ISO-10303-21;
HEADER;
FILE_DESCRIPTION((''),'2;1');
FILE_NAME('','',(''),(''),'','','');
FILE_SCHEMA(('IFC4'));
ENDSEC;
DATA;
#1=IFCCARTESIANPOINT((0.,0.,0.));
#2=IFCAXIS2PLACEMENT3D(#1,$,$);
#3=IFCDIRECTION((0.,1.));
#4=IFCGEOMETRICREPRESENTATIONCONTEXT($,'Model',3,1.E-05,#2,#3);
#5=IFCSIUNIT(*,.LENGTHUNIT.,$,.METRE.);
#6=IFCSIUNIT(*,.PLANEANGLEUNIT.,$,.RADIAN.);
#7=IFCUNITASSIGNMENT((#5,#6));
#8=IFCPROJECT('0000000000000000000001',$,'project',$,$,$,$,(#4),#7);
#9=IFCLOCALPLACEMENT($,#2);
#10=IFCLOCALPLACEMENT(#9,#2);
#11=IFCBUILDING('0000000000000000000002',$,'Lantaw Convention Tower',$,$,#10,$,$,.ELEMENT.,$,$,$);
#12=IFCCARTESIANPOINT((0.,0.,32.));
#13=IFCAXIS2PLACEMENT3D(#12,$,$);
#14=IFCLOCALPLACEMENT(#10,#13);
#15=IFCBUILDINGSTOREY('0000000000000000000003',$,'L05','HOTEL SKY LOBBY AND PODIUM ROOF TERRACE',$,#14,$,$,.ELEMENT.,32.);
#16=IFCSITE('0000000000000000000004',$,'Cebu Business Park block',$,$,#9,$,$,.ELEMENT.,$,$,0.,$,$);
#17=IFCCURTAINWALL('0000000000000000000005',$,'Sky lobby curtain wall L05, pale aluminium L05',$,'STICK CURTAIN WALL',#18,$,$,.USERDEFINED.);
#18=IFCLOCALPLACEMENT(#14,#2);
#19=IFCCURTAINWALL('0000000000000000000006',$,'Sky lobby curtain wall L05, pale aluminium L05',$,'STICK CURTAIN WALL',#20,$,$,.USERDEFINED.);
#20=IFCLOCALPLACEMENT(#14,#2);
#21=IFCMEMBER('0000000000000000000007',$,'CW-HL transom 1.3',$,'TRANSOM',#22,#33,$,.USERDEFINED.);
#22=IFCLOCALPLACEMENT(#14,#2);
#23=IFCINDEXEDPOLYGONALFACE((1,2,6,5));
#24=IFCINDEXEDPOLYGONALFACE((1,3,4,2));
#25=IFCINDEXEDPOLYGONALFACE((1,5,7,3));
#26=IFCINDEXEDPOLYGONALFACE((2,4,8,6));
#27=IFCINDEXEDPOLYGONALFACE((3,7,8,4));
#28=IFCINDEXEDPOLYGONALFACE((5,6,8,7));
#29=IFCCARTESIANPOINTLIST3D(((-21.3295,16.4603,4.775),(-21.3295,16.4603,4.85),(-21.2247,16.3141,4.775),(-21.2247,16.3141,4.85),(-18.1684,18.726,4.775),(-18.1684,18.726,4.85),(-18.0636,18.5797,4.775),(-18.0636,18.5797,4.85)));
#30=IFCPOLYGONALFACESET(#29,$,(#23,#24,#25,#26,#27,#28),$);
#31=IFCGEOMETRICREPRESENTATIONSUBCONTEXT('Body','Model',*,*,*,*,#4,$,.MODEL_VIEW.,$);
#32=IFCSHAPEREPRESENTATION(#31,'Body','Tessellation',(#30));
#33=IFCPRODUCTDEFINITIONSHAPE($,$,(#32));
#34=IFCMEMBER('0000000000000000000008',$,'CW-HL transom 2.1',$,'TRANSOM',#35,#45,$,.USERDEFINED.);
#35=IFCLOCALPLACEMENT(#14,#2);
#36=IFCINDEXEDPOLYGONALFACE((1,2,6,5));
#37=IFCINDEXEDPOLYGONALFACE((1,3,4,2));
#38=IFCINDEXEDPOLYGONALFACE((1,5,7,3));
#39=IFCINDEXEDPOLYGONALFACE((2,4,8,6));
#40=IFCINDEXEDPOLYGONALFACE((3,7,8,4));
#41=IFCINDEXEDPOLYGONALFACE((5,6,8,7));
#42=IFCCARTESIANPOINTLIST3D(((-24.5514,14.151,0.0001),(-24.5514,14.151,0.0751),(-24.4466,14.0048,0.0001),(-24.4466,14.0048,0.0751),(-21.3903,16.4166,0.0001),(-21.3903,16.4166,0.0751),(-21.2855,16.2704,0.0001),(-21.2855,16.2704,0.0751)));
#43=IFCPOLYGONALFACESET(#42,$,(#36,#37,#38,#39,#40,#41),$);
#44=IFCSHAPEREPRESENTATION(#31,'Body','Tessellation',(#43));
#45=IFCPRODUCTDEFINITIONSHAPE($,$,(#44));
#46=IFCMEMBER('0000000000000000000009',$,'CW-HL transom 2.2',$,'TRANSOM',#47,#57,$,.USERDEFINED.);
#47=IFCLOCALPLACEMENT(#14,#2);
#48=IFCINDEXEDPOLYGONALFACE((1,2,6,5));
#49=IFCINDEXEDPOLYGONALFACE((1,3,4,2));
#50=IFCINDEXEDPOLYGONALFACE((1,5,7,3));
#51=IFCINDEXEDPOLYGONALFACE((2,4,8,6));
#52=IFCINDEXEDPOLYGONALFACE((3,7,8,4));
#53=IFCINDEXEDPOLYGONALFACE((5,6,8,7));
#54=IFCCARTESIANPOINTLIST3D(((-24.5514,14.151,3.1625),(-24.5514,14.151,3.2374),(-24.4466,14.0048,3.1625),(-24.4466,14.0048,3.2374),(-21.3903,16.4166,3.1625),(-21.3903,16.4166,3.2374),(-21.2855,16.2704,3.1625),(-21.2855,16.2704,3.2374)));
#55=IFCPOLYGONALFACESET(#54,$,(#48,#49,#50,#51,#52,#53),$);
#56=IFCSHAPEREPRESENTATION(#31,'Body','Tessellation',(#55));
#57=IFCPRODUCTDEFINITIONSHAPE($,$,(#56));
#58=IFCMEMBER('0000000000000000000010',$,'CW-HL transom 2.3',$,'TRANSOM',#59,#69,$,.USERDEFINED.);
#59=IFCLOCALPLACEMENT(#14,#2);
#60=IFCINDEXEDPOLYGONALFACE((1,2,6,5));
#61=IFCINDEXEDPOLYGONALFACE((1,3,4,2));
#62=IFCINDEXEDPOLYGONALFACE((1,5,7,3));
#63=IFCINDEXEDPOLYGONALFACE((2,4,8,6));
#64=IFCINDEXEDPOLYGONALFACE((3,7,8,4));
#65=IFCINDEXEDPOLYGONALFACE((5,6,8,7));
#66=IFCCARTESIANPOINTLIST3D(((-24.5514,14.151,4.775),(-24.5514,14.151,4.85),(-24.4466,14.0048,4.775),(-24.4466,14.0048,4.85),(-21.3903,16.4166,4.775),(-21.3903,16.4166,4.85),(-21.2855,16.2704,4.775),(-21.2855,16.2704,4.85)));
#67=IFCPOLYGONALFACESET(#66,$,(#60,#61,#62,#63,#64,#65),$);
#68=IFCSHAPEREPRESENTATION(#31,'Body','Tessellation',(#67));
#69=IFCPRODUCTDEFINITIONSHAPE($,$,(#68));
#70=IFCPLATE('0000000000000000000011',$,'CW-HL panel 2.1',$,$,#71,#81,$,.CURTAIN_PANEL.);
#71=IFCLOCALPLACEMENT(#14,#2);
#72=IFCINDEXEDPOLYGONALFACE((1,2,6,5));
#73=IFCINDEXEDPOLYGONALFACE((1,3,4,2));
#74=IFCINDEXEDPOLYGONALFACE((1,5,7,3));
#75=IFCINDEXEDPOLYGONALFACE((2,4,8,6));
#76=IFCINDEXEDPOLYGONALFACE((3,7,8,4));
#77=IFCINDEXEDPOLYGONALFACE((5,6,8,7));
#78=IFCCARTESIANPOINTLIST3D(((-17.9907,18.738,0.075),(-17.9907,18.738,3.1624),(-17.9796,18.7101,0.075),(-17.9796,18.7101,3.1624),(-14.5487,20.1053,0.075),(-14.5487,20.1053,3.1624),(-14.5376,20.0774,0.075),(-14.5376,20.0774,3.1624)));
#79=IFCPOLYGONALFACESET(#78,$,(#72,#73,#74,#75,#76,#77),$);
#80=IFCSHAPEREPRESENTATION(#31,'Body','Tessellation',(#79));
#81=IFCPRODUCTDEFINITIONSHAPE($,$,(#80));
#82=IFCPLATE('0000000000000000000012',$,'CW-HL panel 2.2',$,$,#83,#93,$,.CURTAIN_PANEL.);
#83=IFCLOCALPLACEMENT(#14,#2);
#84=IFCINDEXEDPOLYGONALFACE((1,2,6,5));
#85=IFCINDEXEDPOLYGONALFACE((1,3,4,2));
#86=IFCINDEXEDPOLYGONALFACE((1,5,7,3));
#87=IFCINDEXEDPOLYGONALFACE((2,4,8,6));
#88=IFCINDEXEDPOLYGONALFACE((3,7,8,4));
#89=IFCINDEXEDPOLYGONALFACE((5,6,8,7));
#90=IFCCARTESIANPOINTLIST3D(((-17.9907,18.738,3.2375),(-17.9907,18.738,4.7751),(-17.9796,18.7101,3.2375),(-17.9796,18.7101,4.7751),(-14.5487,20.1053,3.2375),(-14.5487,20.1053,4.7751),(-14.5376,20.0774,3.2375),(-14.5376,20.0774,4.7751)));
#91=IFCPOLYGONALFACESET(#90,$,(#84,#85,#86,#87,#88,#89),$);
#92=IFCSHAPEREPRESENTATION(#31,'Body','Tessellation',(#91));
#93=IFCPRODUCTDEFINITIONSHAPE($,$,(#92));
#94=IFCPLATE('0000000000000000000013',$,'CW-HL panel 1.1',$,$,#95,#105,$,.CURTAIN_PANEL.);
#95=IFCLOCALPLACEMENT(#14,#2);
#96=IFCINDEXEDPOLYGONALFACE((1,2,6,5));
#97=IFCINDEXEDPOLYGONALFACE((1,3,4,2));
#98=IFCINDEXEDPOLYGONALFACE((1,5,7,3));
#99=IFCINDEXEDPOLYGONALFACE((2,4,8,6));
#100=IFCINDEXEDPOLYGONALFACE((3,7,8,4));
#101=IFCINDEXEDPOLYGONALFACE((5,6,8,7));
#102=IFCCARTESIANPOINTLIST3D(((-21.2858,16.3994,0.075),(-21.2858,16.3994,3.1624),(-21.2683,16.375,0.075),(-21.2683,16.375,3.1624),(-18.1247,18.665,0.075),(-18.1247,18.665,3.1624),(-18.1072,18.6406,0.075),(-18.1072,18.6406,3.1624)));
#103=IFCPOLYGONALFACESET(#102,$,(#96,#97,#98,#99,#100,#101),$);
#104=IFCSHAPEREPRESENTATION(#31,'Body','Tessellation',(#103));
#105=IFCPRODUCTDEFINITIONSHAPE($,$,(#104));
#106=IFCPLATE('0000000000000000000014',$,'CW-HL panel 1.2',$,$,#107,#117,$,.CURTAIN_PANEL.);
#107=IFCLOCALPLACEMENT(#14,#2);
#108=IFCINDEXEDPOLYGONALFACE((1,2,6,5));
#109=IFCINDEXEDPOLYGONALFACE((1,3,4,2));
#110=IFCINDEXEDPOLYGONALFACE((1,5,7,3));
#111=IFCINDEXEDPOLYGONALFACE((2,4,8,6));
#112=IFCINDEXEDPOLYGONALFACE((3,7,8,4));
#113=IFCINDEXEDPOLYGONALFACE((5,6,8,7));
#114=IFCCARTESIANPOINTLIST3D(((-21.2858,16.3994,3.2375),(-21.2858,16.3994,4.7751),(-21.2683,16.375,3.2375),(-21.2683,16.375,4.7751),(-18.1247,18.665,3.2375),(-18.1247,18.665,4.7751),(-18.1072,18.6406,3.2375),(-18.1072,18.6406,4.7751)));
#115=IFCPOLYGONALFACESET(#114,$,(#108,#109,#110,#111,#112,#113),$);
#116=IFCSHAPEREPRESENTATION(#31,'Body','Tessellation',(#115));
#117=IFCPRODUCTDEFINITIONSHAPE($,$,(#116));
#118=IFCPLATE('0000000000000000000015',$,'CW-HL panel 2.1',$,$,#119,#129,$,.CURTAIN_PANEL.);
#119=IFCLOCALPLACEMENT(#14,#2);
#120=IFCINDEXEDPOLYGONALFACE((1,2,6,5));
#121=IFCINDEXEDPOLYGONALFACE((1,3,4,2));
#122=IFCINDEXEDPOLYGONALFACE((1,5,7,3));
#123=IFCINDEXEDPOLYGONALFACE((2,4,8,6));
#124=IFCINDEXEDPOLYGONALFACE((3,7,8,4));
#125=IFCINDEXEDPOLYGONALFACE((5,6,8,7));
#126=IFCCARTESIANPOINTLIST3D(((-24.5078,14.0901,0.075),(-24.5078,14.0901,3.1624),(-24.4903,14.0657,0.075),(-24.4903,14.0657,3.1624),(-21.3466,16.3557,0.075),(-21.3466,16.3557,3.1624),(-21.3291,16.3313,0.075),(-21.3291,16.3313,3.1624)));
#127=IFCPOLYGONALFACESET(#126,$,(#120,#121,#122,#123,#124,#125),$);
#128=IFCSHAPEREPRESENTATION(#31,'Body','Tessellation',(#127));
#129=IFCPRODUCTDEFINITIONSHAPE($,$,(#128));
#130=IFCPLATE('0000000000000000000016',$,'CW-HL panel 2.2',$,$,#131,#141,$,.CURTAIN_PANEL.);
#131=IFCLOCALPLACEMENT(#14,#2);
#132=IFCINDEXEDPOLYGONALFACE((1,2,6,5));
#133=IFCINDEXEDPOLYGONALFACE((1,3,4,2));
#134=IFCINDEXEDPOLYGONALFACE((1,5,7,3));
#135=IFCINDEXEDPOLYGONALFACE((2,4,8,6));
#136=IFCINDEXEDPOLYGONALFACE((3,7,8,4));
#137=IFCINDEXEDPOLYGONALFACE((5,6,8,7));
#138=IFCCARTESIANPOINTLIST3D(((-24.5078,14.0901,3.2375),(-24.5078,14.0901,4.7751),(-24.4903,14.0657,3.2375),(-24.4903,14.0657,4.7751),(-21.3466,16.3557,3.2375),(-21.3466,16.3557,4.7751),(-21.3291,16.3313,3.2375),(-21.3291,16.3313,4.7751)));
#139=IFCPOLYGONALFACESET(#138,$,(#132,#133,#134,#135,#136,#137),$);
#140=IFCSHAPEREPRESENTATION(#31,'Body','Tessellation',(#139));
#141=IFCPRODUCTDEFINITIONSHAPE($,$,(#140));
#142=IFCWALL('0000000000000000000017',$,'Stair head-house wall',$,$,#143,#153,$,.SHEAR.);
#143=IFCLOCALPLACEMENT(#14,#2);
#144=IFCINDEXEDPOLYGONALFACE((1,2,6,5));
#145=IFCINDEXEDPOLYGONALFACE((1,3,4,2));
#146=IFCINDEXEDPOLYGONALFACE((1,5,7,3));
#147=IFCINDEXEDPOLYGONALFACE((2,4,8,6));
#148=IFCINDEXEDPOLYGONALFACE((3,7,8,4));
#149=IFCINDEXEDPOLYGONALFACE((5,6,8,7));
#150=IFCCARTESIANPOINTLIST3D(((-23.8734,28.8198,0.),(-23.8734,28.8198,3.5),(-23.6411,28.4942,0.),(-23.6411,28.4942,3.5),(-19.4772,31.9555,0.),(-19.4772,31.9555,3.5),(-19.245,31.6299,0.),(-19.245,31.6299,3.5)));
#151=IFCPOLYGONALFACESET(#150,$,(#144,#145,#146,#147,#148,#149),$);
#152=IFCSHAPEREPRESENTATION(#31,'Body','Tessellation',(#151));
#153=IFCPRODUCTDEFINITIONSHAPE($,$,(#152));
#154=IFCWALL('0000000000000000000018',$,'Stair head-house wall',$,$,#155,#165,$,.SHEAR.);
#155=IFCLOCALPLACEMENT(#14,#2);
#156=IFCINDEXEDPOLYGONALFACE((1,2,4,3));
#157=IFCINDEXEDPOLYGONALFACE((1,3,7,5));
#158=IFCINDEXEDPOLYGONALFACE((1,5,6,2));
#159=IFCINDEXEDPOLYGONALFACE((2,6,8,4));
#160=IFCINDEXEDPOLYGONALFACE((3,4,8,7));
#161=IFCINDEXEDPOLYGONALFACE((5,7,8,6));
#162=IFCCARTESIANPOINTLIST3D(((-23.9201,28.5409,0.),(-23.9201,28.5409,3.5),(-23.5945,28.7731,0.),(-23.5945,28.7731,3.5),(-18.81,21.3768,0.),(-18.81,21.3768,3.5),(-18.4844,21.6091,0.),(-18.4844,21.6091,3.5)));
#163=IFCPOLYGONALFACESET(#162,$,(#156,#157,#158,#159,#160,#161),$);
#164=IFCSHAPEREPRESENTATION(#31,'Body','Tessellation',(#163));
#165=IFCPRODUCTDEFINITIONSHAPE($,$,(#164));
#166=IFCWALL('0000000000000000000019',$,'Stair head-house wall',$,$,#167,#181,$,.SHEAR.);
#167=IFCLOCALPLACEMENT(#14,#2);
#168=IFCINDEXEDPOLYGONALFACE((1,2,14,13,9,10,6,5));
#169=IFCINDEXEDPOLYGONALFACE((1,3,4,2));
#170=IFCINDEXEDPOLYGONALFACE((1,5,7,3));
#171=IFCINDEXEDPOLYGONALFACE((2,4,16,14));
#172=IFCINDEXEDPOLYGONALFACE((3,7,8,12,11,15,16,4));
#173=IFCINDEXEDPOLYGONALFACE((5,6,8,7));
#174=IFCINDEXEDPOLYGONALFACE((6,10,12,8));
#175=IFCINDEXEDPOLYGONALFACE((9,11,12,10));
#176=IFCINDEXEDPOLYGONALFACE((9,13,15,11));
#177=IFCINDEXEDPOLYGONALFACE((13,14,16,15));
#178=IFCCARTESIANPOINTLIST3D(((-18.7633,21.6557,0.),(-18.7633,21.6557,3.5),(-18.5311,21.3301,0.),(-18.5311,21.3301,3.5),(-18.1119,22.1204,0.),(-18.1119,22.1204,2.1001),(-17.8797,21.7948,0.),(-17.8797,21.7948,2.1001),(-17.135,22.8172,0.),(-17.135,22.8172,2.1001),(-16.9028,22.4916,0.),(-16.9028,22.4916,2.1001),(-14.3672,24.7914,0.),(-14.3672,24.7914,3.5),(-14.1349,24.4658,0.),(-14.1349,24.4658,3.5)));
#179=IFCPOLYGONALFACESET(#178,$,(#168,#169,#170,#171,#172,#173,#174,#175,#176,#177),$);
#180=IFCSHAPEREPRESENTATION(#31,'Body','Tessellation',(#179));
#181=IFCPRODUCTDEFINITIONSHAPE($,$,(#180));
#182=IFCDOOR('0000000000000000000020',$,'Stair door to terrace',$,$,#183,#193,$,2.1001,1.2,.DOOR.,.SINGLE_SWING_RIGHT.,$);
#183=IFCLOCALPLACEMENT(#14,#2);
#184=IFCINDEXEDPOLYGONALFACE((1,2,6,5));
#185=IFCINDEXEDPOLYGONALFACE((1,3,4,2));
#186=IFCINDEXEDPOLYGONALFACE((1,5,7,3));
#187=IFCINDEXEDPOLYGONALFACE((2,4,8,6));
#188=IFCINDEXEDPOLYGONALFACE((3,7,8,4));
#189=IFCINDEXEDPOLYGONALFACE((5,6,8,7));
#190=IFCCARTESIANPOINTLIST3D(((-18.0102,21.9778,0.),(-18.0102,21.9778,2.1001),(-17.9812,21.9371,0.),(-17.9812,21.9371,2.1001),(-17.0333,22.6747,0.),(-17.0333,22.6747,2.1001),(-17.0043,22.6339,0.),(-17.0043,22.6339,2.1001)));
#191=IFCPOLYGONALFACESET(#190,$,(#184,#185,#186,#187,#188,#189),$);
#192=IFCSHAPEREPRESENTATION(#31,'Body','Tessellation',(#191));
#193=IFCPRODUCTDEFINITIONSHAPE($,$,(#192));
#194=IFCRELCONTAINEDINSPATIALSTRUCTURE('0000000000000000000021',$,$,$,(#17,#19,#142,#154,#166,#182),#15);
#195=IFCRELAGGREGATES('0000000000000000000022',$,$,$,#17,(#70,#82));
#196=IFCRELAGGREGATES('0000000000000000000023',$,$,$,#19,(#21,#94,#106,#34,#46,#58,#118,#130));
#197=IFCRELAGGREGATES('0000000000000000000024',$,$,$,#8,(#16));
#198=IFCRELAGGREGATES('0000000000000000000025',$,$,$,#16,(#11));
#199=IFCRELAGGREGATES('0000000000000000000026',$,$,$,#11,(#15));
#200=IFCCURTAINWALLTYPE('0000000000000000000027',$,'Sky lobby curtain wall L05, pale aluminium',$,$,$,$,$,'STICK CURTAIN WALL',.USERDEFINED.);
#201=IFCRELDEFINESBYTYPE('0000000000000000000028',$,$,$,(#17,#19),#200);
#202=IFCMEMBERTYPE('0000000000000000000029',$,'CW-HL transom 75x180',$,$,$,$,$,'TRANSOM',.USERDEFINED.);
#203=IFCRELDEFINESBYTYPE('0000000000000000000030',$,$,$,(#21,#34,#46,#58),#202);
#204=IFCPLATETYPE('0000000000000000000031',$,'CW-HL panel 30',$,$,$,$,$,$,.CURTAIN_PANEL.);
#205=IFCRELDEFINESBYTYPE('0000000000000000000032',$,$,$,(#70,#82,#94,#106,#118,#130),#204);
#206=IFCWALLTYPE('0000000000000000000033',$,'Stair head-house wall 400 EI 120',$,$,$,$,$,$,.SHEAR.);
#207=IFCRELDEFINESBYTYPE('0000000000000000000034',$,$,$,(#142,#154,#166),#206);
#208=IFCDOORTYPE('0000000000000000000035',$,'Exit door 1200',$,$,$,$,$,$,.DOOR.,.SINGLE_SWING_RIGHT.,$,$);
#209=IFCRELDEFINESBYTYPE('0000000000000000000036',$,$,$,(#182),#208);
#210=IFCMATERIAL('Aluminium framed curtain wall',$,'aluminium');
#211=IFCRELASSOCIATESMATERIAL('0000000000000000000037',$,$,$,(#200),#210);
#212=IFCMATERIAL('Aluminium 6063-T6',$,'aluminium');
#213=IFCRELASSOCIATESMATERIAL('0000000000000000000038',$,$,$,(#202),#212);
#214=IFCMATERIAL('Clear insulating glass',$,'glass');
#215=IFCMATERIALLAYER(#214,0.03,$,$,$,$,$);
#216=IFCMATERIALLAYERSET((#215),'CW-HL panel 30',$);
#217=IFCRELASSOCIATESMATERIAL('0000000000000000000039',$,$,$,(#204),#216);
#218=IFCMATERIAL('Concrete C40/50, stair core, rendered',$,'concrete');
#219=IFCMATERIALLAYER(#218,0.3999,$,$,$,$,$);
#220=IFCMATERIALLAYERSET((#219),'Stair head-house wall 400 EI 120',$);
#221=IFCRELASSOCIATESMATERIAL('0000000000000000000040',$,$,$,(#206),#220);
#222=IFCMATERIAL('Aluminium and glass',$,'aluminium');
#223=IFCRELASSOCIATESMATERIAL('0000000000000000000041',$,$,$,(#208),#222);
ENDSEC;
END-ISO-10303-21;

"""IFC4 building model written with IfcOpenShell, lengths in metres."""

from ifc_helpers import new_model, si_unit, direction, frame, frame_2d, origin, origin_2d, place, context, subcontext, project, spatial, rectangle, extrude, material, layer, layer_set, material_profile, profile_set, type_object, element, fill, aggregate, save


model = new_model("IFC4")

# Units and contexts
model_context = context("Model", 3, precision=1e-05, world=origin(), true_north=direction((0.0, 1.0)))
body_context = subcontext(model_context, "Body", "Model", "MODEL_VIEW")
ifc_project = project(units=[si_unit("LENGTHUNIT", "METRE"), si_unit("PLANEANGLEUNIT", "RADIAN")], contexts=[model_context])

# Site, building, storey
site_placement = place(None, origin())
site = spatial("IfcSite", under=ifc_project, at=site_placement, Name="Cebu Business Park block", CompositionType="ELEMENT", RefElevation=0.0)
building_placement = place(site_placement, origin())
building = spatial("IfcBuilding", under=site, at=building_placement, Name="Lantaw Convention Tower", CompositionType="ELEMENT")
storey_placement = place(building_placement, frame((0.0, 0.0, 32.0)))
storey = spatial("IfcBuildingStorey", under=building, at=storey_placement, Name="L05", Description="HOTEL SKY LOBBY AND PODIUM ROOF TERRACE", CompositionType="ELEMENT", Elevation=32.0)

# Curtain wall
ifc_material_1 = material(Name="Aluminium framed curtain wall", Category="aluminium")
curtain_wall_type = type_object("IfcCurtainWallType", Name="Sky lobby curtain wall L05, pale aluminium", ElementType="STICK CURTAIN WALL", PredefinedType="USERDEFINED", material=ifc_material_1)
curtain_wall_1_placement = place(storey_placement, origin())
curtain_wall_1 = element("IfcCurtainWall", 1, at=curtain_wall_1_placement, inside=storey, type_object=curtain_wall_type, Name="Sky lobby curtain wall L05, pale aluminium L05", ObjectType="STICK CURTAIN WALL", PredefinedType="USERDEFINED")
ifc_material_2 = material(Name="Aluminium 6063-T6", Category="aluminium")

# Curtain wall, members
curtain_wall_2_placement = place(storey_placement, origin())
curtain_wall_2 = element("IfcCurtainWall", 2, at=curtain_wall_2_placement, inside=storey, type_object=curtain_wall_type, Name="Sky lobby curtain wall L05, pale aluminium L05", ObjectType="STICK CURTAIN WALL", PredefinedType="USERDEFINED")
ifc_material_profile_1 = material_profile(ifc_material_2, rectangle(XDim=0.1799, YDim=0.075, at=origin_2d()), Name="CW-HL transom 75x180")
ifc_profile_set_1 = profile_set([ifc_material_profile_1], Name="Aluminium 6063-T6")
member_type_1 = type_object("IfcMemberType", Name="CW-HL transom 75x180", ElementType="TRANSOM", PredefinedType="USERDEFINED", material=ifc_profile_set_1)
member_1_placement = place(storey_placement, frame((-18.116, 18.6528, 4.8125), z_axis=(-0.812799, -0.582544, 0.0), x_axis=(0.582544, -0.812799, 0.0)))
member_1 = element("IfcMember", 3, at=member_1_placement, type_object=member_type_1, Name="CW-HL transom 1.3", ObjectType="TRANSOM", PredefinedType="USERDEFINED", context=body_context, shape_type="SweptSolid", body=[
    extrude(rectangle(XDim=0.1799, YDim=0.075, at=origin_2d()), origin(), (0.0, 0.0, 1.0), 3.8892),
])
member_2_placement = place(storey_placement, frame((-21.3379, 16.3435, 0.0376), z_axis=(-0.812799, -0.582544, 0.0), x_axis=(0.582544, -0.812799, 0.0)))
member_2 = element("IfcMember", 4, at=member_2_placement, type_object=member_type_1, Name="CW-HL transom 2.1", ObjectType="TRANSOM", PredefinedType="USERDEFINED", context=body_context, shape_type="SweptSolid", body=[
    extrude(rectangle(XDim=0.1799, YDim=0.075, at=origin_2d()), origin(), (0.0, 0.0, 1.0), 3.8892),
])
member_3_placement = place(storey_placement, frame((-21.3379, 16.3435, 3.2), z_axis=(-0.812799, -0.582544, 0.0), x_axis=(0.582544, -0.812799, 0.0)))
member_3 = element("IfcMember", 5, at=member_3_placement, type_object=member_type_1, Name="CW-HL transom 2.2", ObjectType="TRANSOM", PredefinedType="USERDEFINED", context=body_context, shape_type="SweptSolid", body=[
    extrude(rectangle(XDim=0.1799, YDim=0.075, at=origin_2d()), origin(), (0.0, 0.0, 1.0), 3.8892),
])
member_4_placement = place(storey_placement, frame((-21.3379, 16.3435, 4.8125), z_axis=(-0.812799, -0.582544, 0.0), x_axis=(0.582544, -0.812799, 0.0)))
member_4 = element("IfcMember", 6, at=member_4_placement, type_object=member_type_1, Name="CW-HL transom 2.3", ObjectType="TRANSOM", PredefinedType="USERDEFINED", context=body_context, shape_type="SweptSolid", body=[
    extrude(rectangle(XDim=0.1799, YDim=0.075, at=origin_2d()), origin(), (0.0, 0.0, 1.0), 3.8892),
])

# Plates
ifc_material_3 = material(Name="Clear insulating glass", Category="glass")
ifc_layer_1 = layer(ifc_material_3, 0.03)
ifc_layer_set_1 = layer_set([ifc_layer_1], Name="CW-HL panel 30")
plate_type = type_object("IfcPlateType", Name="CW-HL panel 30", PredefinedType="CURTAIN_PANEL", material=ifc_layer_set_1)
plate_1_placement = place(storey_placement, frame((-16.2642, 19.4077, 0.075), z_axis=(0.0, 0.0, 1.0), x_axis=(-0.929361, -0.369172, 0.0)))
plate_1 = element("IfcPlate", 7, at=plate_1_placement, type_object=plate_type, Name="CW-HL panel 2.1", PredefinedType="CURTAIN_PANEL", context=body_context, shape_type="SweptSolid", body=[
    extrude(rectangle(XDim=3.7036, YDim=0.03, at=origin_2d()), origin(), (0.0, 0.0, 1.0), 3.0874),
])
plate_2_placement = place(storey_placement, frame((-16.2642, 19.4077, 3.2375), z_axis=(0.0, 0.0, 1.0), x_axis=(-0.929361, -0.369172, 0.0)))
plate_2 = element("IfcPlate", 8, at=plate_2_placement, type_object=plate_type, Name="CW-HL panel 2.2", PredefinedType="CURTAIN_PANEL", context=body_context, shape_type="SweptSolid", body=[
    extrude(rectangle(XDim=3.7036, YDim=0.03, at=origin_2d()), origin(), (0.0, 0.0, 1.0), 1.5376),
])
aggregate(curtain_wall_1, [plate_1, plate_2])
plate_3_placement = place(storey_placement, frame((-19.6965, 17.52, 0.075), z_axis=(0.0, 0.0, 1.0), x_axis=(-0.812804, -0.582538, 0.0)))
plate_3 = element("IfcPlate", 9, at=plate_3_placement, type_object=plate_type, Name="CW-HL panel 1.1", PredefinedType="CURTAIN_PANEL", context=body_context, shape_type="SweptSolid", body=[
    extrude(rectangle(XDim=3.8892, YDim=0.03, at=origin_2d()), origin(), (0.0, 0.0, 1.0), 3.0874),
])
plate_4_placement = place(storey_placement, frame((-19.6965, 17.52, 3.2375), z_axis=(0.0, 0.0, 1.0), x_axis=(-0.812804, -0.582538, 0.0)))
plate_4 = element("IfcPlate", 10, at=plate_4_placement, type_object=plate_type, Name="CW-HL panel 1.2", PredefinedType="CURTAIN_PANEL", context=body_context, shape_type="SweptSolid", body=[
    extrude(rectangle(XDim=3.8892, YDim=0.03, at=origin_2d()), origin(), (0.0, 0.0, 1.0), 1.5376),
])
plate_5_placement = place(storey_placement, frame((-22.9185, 15.2107, 0.075), z_axis=(0.0, 0.0, 1.0), x_axis=(-0.812804, -0.582538, 0.0)))
plate_5 = element("IfcPlate", 11, at=plate_5_placement, type_object=plate_type, Name="CW-HL panel 2.1", PredefinedType="CURTAIN_PANEL", context=body_context, shape_type="SweptSolid", body=[
    extrude(rectangle(XDim=3.8892, YDim=0.03, at=origin_2d()), origin(), (0.0, 0.0, 1.0), 3.0874),
])
plate_6_placement = place(storey_placement, frame((-22.9185, 15.2107, 3.2375), z_axis=(0.0, 0.0, 1.0), x_axis=(-0.812804, -0.582538, 0.0)))
plate_6 = element("IfcPlate", 12, at=plate_6_placement, type_object=plate_type, Name="CW-HL panel 2.2", PredefinedType="CURTAIN_PANEL", context=body_context, shape_type="SweptSolid", body=[
    extrude(rectangle(XDim=3.8892, YDim=0.03, at=origin_2d()), origin(), (0.0, 0.0, 1.0), 1.5376),
])
aggregate(curtain_wall_2, [member_1, plate_3, plate_4, member_2, member_3, member_4, plate_5, plate_6])

# Walls
ifc_material_4 = material(Name="Concrete C40/50, stair core, rendered", Category="concrete")
ifc_layer_2 = layer(ifc_material_4, 0.3999)
ifc_layer_set_2 = layer_set([ifc_layer_2], Name="Stair head-house wall 400 EI 120")
wall_type = type_object("IfcWallType", Name="Stair head-house wall 400 EI 120", PredefinedType="SHEAR", material=ifc_layer_set_2)
wall_1_placement = place(storey_placement, frame((-19.3611, 31.7927, 0.0), z_axis=(0.0, 0.0, 1.0), x_axis=(-0.814121, -0.580695, 0.0)))
element("IfcWall", 13, at=wall_1_placement, inside=storey, type_object=wall_type, Name="Stair head-house wall", PredefinedType="SHEAR", context=body_context, shape_type="SweptSolid", body=[
    extrude(rectangle(XDim=5.3999, YDim=0.3999, at=frame_2d((2.7, 0.0))), origin(), (0.0, 0.0, 1.0), 3.5),
])
wall_2_placement = place(storey_placement, frame((-23.7573, 28.657, 0.0), z_axis=(0.0, 0.0, 1.0), x_axis=(0.580705, -0.814114, 0.0)))
element("IfcWall", 14, at=wall_2_placement, inside=storey, type_object=wall_type, Name="Stair head-house wall", PredefinedType="SHEAR", context=body_context, shape_type="SweptSolid", body=[
    extrude(rectangle(XDim=8.7998, YDim=0.3999, at=frame_2d((4.3999, 0.0))), origin(), (0.0, 0.0, 1.0), 3.5),
])

# Wall, opening, door
wall_3_placement = place(storey_placement, frame((-18.6472, 21.4929, 0.0), z_axis=(0.0, 0.0, 1.0), x_axis=(0.814121, 0.580695, 0.0)))
wall_3 = element("IfcWall", 15, at=wall_3_placement, inside=storey, type_object=wall_type, Name="Stair head-house wall", PredefinedType="SHEAR", context=body_context, shape_type="SweptSolid", body=[
    extrude(rectangle(XDim=5.3999, YDim=0.3999, at=frame_2d((2.7, 0.0))), origin(), (0.0, 0.0, 1.0), 3.5),
])
opening_placement = place(wall_3_placement, frame((0.8, 0.0, 0.0)))
opening = element("IfcOpeningElement", 16, at=opening_placement, cuts=wall_3, PredefinedType="OPENING", context=body_context, shape_type="SweptSolid", body=[
    extrude(rectangle(XDim=1.2, YDim=2.1001, at=frame_2d((0.6001, 1.05))), frame((0.0, 0.21, 0.0), z_axis=(0.0, -1.0, 0.0), x_axis=(1.0, 0.0, 0.0)), (0.0, 0.0, 1.0), 0.4199),
])
ifc_material_5 = material(Name="Aluminium and glass", Category="aluminium")
door_type = type_object("IfcDoorType", Name="Exit door 1200", OperationType="SINGLE_SWING_RIGHT", PredefinedType="DOOR", material=ifc_material_5)
door_placement = place(opening_placement, origin())
door = element("IfcDoor", 17, at=door_placement, inside=storey, type_object=door_type, Name="Stair door to terrace", OperationType="SINGLE_SWING_RIGHT", OverallHeight=2.1001, OverallWidth=1.2, PredefinedType="DOOR", context=body_context, shape_type="SweptSolid", body=[
    extrude(rectangle(XDim=1.2, YDim=2.1001, at=frame_2d((0.6001, 1.05))), frame((0.0, 0.0249, 0.0), z_axis=(0.0, -1.0, 0.0), x_axis=(1.0, 0.0, 0.0)), (0.0, 0.0, 1.0), 0.05),
])
fill(opening, door)

save(model, "model.ifc")
